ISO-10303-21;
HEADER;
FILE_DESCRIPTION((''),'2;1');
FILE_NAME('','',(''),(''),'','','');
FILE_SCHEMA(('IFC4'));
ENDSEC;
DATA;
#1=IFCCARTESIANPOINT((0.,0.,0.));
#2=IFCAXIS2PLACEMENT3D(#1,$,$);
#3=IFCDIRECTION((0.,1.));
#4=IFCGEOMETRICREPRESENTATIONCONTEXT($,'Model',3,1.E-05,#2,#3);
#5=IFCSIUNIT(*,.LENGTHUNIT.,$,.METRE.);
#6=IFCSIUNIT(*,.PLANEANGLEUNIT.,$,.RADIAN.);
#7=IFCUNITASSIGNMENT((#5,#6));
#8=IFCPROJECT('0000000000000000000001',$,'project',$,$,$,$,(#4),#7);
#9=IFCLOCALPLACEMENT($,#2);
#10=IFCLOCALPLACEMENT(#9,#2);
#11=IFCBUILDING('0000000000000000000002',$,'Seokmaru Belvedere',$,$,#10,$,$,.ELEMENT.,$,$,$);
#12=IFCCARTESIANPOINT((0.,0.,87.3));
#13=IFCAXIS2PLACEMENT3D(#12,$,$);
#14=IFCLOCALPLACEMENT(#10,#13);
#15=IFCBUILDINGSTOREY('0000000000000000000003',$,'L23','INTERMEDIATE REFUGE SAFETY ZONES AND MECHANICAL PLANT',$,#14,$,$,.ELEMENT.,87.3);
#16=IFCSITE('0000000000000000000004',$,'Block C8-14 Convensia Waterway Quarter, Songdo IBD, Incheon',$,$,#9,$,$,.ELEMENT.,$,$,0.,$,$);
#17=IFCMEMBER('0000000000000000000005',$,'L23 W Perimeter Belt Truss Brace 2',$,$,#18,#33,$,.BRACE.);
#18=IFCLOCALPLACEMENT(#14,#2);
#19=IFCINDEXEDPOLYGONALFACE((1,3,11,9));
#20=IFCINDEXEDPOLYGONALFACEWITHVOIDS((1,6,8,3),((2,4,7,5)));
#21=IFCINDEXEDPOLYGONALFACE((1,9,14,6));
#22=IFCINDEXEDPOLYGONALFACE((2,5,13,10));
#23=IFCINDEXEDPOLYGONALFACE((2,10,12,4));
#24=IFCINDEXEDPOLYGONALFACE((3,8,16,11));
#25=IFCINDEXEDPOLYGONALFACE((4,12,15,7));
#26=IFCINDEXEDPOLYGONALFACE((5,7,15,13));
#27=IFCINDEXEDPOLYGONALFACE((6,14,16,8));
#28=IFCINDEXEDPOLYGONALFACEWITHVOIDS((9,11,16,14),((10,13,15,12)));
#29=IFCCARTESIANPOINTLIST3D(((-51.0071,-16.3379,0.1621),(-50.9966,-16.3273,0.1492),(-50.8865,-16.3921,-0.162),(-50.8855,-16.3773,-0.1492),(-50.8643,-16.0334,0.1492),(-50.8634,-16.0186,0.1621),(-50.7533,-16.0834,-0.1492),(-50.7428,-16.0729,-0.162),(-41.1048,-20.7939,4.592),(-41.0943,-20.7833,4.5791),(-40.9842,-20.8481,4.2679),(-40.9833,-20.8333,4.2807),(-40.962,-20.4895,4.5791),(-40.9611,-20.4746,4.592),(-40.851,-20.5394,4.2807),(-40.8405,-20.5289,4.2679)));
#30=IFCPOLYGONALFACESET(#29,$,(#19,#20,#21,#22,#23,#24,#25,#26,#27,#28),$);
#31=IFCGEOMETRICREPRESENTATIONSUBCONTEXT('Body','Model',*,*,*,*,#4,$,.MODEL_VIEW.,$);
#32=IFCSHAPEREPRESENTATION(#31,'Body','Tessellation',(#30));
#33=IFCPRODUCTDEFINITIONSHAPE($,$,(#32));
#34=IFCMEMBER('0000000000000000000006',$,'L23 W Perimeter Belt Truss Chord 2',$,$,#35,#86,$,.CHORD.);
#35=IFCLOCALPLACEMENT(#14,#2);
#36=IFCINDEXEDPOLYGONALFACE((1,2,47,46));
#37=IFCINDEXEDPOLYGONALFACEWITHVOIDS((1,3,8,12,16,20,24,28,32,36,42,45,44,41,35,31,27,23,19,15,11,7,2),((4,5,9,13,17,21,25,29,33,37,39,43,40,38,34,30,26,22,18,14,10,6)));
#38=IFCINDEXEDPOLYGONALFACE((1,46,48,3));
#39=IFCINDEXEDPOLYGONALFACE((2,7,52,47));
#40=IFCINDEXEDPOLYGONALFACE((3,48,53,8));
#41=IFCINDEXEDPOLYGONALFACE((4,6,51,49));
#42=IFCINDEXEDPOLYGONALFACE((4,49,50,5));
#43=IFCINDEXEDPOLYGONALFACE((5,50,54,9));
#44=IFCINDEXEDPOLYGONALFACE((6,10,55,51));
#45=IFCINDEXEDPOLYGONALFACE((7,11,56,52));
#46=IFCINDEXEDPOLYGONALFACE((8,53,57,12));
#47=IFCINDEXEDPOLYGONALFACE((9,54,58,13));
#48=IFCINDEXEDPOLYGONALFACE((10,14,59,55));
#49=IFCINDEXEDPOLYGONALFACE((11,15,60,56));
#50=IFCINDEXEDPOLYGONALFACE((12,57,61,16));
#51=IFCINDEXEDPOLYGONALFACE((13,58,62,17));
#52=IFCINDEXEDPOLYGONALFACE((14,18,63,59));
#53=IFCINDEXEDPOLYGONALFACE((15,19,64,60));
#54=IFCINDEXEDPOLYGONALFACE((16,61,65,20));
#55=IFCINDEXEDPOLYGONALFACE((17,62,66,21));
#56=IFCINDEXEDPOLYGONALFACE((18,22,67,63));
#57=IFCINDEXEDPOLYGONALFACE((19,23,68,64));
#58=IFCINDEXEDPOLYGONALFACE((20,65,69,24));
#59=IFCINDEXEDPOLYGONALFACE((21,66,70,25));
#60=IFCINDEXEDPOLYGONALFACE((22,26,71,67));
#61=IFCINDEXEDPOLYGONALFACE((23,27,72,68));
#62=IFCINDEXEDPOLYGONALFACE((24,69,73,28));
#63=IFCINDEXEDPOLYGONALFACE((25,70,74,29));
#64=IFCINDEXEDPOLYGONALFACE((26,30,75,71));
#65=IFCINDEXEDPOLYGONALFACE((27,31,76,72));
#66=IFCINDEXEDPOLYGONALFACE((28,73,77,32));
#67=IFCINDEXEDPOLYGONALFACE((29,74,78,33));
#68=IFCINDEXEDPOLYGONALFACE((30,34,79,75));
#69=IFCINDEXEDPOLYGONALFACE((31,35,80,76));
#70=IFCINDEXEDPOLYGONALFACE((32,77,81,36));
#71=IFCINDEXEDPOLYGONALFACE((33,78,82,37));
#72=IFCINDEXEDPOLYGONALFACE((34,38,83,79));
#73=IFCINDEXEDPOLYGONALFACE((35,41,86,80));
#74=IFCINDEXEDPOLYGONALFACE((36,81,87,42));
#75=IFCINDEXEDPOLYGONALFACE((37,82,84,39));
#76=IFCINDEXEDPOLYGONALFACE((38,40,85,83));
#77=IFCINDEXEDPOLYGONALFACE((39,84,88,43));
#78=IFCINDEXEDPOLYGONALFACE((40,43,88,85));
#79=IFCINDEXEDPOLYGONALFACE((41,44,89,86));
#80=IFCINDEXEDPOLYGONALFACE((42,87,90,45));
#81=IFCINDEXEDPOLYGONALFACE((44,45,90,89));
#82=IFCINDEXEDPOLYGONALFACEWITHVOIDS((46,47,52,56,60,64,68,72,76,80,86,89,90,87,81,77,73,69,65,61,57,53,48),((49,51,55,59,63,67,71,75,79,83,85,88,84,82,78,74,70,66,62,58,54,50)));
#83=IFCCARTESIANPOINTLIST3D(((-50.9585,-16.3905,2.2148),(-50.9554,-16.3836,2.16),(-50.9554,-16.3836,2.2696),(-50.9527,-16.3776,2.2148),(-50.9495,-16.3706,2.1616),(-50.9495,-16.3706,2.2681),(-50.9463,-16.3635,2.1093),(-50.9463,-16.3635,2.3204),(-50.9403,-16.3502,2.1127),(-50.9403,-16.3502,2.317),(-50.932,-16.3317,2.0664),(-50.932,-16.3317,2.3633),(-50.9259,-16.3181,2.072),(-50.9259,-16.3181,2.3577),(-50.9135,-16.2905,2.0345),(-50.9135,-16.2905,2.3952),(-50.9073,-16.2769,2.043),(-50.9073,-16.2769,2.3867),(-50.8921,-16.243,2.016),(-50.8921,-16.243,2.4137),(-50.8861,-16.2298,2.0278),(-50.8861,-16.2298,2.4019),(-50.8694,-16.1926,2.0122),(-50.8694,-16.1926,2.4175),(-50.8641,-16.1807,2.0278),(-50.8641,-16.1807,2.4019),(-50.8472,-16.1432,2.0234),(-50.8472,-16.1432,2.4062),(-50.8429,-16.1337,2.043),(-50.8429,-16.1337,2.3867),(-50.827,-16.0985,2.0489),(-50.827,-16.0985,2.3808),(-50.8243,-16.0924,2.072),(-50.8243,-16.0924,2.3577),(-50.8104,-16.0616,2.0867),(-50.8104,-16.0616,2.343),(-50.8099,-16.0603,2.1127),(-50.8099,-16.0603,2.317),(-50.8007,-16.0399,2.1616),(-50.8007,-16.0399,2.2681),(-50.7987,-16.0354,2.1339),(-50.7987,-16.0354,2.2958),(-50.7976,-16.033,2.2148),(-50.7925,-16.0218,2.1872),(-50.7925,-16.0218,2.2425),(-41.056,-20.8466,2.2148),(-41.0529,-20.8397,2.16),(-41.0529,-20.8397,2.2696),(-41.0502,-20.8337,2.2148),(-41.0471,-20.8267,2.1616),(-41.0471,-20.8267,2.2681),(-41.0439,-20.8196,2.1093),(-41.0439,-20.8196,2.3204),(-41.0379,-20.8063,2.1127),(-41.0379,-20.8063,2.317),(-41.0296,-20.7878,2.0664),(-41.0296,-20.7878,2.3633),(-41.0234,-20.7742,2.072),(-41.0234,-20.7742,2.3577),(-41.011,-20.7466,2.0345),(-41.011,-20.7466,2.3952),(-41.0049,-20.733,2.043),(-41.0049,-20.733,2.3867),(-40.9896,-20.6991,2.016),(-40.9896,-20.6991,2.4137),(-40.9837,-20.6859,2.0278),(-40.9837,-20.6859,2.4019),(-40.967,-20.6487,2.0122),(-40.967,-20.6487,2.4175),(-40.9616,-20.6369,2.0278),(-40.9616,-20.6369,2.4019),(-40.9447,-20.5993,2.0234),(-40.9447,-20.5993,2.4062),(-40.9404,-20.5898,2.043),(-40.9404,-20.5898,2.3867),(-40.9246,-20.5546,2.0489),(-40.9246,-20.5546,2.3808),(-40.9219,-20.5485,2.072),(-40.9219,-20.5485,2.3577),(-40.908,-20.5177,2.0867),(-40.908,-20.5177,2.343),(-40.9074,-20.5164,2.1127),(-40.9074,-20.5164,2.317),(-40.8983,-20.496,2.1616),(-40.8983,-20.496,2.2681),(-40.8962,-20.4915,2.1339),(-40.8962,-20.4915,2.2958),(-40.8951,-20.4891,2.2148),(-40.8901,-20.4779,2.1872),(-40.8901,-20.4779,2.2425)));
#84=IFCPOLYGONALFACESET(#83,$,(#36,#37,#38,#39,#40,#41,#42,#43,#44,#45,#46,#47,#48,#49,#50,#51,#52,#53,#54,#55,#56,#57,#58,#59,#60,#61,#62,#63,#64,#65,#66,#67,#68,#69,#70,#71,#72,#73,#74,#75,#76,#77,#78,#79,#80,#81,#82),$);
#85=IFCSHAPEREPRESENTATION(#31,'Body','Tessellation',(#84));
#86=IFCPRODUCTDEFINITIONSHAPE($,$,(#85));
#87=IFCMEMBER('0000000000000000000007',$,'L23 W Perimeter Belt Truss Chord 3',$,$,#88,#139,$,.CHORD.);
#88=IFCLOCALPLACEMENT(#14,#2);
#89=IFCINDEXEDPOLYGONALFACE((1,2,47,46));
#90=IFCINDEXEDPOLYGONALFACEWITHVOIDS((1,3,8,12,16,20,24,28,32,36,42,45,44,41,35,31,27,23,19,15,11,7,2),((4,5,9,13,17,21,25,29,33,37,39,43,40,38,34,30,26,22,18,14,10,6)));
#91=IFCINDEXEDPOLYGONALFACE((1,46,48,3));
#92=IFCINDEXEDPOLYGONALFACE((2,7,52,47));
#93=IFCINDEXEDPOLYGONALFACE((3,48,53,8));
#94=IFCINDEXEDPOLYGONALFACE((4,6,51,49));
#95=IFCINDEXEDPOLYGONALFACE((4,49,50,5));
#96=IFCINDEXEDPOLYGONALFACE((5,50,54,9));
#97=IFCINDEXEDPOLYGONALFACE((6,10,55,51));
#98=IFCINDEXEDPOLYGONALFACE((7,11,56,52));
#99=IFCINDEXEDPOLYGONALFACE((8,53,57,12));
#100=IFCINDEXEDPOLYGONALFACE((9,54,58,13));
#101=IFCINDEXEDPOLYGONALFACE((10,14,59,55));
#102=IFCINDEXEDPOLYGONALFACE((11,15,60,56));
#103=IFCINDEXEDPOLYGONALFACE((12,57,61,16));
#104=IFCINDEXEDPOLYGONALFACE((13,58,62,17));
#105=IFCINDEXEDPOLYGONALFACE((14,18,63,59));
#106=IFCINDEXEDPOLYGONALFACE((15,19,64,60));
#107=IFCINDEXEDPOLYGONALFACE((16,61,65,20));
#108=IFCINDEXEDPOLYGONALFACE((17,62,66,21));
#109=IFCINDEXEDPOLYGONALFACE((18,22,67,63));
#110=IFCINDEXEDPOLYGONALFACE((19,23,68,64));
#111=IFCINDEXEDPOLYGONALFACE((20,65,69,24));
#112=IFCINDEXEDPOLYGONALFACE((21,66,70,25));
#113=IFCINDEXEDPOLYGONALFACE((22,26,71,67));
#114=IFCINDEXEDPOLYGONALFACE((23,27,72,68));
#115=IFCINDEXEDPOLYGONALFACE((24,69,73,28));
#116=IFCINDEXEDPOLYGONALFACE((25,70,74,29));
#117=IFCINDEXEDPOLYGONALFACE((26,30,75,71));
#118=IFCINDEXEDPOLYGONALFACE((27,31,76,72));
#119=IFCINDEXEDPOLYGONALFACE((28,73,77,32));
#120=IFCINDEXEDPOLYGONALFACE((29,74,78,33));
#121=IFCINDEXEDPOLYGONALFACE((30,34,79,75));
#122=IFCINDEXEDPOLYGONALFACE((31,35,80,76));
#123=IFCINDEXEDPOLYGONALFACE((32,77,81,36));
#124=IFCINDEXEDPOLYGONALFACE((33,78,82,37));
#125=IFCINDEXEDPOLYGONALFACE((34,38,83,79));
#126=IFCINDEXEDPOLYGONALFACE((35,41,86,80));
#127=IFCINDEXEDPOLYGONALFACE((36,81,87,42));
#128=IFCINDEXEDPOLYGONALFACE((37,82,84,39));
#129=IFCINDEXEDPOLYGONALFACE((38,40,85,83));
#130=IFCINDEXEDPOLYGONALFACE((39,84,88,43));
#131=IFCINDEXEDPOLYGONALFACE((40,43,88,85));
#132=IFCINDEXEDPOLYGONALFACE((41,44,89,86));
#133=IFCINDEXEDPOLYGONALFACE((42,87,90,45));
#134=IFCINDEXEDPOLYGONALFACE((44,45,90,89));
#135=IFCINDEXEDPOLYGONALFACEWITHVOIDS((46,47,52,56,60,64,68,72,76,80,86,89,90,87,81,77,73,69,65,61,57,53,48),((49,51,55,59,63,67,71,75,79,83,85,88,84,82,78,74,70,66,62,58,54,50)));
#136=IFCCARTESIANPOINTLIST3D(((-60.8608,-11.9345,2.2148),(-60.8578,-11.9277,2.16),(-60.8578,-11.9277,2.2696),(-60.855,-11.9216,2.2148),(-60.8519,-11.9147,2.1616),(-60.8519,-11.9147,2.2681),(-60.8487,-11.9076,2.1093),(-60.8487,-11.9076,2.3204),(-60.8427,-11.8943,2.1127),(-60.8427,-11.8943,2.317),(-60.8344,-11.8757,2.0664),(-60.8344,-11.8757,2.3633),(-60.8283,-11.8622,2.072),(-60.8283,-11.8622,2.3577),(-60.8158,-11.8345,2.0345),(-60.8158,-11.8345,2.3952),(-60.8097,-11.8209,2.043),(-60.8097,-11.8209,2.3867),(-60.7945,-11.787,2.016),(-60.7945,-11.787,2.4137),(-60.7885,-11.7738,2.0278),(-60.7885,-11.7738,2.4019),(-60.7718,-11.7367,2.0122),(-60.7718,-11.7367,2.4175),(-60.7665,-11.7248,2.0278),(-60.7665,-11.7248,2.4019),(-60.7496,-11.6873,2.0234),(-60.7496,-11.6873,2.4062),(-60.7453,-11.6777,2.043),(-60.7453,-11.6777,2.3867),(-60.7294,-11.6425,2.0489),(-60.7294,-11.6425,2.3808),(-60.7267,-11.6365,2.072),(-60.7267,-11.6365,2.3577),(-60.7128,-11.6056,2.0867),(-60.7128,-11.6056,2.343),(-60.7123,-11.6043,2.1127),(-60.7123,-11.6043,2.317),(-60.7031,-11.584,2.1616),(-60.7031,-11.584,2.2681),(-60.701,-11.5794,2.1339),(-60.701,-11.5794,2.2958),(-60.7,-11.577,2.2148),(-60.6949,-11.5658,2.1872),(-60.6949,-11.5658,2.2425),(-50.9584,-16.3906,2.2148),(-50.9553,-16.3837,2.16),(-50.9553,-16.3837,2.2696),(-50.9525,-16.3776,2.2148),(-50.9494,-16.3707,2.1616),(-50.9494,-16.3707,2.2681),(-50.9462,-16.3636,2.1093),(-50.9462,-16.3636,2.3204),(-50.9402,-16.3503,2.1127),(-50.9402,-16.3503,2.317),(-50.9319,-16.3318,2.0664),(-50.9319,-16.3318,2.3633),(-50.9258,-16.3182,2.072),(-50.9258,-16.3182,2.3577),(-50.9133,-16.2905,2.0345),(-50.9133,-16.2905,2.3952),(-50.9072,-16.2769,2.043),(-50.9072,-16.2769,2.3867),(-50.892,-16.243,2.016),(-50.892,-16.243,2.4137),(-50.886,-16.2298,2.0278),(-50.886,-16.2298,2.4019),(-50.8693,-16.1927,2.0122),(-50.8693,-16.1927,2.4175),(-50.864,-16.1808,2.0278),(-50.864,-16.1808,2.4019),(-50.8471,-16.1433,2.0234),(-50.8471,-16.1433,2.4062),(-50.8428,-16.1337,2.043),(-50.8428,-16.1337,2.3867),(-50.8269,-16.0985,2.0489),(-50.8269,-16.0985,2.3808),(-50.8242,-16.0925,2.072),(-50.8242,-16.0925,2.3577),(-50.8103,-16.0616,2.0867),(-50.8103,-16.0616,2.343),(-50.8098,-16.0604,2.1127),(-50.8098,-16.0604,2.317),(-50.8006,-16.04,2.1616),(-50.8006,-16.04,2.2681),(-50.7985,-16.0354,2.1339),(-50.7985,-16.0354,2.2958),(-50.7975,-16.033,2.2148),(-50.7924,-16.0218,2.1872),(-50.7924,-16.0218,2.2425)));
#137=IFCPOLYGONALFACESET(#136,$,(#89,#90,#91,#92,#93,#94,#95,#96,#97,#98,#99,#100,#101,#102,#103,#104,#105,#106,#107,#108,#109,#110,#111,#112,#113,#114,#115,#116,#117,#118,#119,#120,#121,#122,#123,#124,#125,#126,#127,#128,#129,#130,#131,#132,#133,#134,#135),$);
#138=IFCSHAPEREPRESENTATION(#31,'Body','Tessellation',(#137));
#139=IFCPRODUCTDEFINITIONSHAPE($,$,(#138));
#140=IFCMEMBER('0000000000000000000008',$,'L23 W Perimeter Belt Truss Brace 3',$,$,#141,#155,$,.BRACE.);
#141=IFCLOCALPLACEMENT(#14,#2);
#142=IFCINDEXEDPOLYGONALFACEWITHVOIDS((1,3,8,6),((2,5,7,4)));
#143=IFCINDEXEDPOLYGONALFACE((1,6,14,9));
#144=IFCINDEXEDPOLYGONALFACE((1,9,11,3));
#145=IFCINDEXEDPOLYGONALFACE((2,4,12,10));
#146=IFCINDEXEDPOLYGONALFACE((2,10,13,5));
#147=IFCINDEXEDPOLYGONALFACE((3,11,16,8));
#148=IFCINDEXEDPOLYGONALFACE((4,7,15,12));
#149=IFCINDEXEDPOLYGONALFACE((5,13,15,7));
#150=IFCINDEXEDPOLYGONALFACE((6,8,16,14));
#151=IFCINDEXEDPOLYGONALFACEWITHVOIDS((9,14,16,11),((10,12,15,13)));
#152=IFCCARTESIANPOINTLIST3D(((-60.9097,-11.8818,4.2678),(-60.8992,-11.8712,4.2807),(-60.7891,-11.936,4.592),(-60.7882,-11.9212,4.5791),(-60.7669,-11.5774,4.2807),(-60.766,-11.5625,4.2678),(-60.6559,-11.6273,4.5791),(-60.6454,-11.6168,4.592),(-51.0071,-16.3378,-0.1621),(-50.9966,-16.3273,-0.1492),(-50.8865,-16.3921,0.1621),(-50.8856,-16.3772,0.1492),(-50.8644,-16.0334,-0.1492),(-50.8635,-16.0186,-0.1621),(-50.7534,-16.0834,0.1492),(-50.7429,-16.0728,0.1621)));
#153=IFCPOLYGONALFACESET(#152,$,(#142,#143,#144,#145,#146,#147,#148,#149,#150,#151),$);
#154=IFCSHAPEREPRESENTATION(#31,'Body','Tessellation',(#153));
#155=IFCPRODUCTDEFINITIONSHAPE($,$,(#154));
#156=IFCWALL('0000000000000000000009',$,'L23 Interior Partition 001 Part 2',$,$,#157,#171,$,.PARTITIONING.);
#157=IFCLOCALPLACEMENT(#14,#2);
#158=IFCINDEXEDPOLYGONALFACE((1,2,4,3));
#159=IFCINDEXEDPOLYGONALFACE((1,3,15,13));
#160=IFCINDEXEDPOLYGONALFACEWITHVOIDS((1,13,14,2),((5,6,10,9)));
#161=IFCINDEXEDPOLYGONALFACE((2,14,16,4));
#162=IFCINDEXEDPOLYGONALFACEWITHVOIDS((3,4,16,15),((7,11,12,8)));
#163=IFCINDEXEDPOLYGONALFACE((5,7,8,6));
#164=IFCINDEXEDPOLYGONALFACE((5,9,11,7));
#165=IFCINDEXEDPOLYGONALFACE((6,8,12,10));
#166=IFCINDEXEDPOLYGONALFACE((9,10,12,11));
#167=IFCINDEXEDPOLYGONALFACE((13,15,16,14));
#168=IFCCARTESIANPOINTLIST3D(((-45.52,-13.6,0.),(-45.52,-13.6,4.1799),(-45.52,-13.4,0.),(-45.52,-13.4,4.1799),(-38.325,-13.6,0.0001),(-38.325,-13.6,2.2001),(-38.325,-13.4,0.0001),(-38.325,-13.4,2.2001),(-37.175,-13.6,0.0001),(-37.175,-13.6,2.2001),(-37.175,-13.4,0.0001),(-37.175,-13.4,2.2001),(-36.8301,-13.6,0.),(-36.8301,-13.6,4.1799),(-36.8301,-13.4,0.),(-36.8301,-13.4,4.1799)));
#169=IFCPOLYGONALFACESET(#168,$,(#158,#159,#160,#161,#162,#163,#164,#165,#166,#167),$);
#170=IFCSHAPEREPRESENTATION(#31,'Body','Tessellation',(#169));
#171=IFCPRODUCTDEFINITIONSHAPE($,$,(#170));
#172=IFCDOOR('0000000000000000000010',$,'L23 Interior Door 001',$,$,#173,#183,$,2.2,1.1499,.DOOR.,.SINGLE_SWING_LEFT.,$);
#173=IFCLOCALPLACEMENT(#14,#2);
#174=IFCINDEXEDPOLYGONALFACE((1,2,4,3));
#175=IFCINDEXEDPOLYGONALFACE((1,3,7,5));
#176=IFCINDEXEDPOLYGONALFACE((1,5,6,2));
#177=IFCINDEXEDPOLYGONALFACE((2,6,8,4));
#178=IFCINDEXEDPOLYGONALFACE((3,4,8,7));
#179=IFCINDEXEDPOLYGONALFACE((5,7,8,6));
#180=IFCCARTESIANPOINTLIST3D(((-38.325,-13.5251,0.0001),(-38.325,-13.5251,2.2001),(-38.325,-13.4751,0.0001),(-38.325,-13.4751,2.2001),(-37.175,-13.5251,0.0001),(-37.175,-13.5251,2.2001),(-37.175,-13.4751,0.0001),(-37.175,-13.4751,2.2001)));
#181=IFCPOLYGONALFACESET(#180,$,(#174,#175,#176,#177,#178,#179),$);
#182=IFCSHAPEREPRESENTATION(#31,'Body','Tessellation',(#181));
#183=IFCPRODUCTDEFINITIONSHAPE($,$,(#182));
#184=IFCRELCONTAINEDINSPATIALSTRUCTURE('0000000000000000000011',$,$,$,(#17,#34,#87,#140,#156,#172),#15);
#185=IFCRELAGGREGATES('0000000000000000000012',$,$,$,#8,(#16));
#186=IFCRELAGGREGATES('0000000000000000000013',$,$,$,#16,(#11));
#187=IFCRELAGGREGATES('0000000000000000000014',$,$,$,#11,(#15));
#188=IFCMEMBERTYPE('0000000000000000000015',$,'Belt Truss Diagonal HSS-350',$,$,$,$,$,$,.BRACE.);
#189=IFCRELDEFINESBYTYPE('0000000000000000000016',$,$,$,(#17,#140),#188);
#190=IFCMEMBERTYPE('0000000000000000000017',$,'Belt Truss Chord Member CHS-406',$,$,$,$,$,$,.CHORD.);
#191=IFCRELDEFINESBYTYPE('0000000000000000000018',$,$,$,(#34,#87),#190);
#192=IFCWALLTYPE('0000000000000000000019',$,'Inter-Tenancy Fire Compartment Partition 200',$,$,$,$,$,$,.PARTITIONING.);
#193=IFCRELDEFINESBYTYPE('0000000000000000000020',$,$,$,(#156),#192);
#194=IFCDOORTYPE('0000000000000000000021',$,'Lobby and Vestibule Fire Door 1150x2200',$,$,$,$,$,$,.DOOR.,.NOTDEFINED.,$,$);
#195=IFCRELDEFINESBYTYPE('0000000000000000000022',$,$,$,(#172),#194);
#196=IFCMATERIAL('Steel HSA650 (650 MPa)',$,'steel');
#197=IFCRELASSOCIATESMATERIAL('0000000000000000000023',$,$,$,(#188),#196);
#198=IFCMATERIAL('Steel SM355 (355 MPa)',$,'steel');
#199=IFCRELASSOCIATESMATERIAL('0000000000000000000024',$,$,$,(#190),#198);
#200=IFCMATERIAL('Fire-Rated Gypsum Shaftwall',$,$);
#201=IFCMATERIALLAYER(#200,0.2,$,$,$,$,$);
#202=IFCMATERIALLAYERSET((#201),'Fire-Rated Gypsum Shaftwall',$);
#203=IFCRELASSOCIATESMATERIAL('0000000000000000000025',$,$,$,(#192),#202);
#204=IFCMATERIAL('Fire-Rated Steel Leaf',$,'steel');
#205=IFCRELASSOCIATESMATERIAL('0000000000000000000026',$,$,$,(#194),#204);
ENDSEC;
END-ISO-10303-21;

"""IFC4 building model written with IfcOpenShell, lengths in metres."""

from ifc_helpers import new_model, si_unit, direction, frame, frame_2d, origin, origin_2d, place, context, subcontext, project, spatial, rectangle, hollow_rectangle, hollow_circle, extrude, source, transform, mapped, material, layer, layer_set, material_profile, profile_set, type_object, type_shapes, element, fill, save


model = new_model("IFC4")

# Units and contexts
model_context = context("Model", 3, precision=1e-05, world=origin(), true_north=direction((0.0, 1.0)))
body_context = subcontext(model_context, "Body", "Model", "MODEL_VIEW")
ifc_project = project(units=[si_unit("LENGTHUNIT", "METRE"), si_unit("PLANEANGLEUNIT", "RADIAN")], contexts=[model_context])

# Site, building, storey
site_placement = place(None, origin())
site = spatial("IfcSite", under=ifc_project, at=site_placement, Name="Block C8-14 Convensia Waterway Quarter, Songdo IBD, Incheon", CompositionType="ELEMENT", RefElevation=0.0)
building_placement = place(site_placement, origin())
building = spatial("IfcBuilding", under=site, at=building_placement, Name="Seokmaru Belvedere", CompositionType="ELEMENT")
storey_placement = place(building_placement, frame((0.0, 0.0, 87.3)))
storey = spatial("IfcBuildingStorey", under=building, at=storey_placement, Name="L23", Description="INTERMEDIATE REFUGE SAFETY ZONES AND MECHANICAL PLANT", CompositionType="ELEMENT", Elevation=87.3)

# Shared definitions
ifc_material_1 = material(Name="Steel SM355 (355 MPa)", Category="steel")

# Members
ifc_material_2 = material(Name="Steel HSA650 (650 MPa)", Category="steel")
ifc_material_profile_1 = material_profile(ifc_material_2, hollow_rectangle(XDim=0.3501, YDim=0.3501, WallThickness=0.0139, at=origin_2d()), Name="HSS-350x350x14")
ifc_profile_set_1 = profile_set([ifc_material_profile_1], Name="Steel HSA650 (650 MPa)")
member_type_1 = type_object("IfcMemberType", Name="Belt Truss Diagonal HSS-350", PredefinedType="BRACE", material=ifc_profile_set_1)
shared_shape_1 = source(origin(), body_context, "Body", "SweptSolid", [
    extrude(hollow_rectangle(XDim=0.3501, YDim=0.3501, WallThickness=0.0139, at=origin_2d()), origin(), (0.0, 0.0, 1.0), 11.7275),
])
member_1_placement = place(storey_placement, frame((-40.9727, -20.6614, 4.4299), z_axis=(-0.844361, 0.379962, -0.377735), x_axis=(-0.410365, -0.911922, 0.0)))
element("IfcMember", 1, at=member_1_placement, inside=storey, type_object=member_type_1, Name="L23 W Perimeter Belt Truss Brace 2", PredefinedType="BRACE", context=body_context, shape_type="MappedRepresentation", body=[
    mapped(shared_shape_1, transform((0.0, 0.0, 0.0), scale=1.0)),
])
ifc_material_profile_2 = material_profile(ifc_material_1, hollow_circle(Radius=0.2031, WallThickness=0.0142, at=origin_2d()), Name="CHS-406.4x14.2")
ifc_profile_set_2 = profile_set([ifc_material_profile_2], Name="Steel SM355 (355 MPa)")
member_type_2 = type_object("IfcMemberType", Name="Belt Truss Chord Member CHS-406", PredefinedType="CHORD", material=ifc_profile_set_2)
shared_shape_2 = source(origin(), body_context, "Body", "SweptSolid", [
    extrude(hollow_circle(Radius=0.2031, WallThickness=0.0142, at=origin_2d()), origin(), (0.0, 0.0, 1.0), 10.8589),
])
type_shapes(member_type_2, [shared_shape_2])
for number, where, z_axis, x_axis, name in (
    (2, (-40.9727, -20.6614, 2.2148), (-0.911922, 0.410365, 0.0), (-0.410365, -0.911922, 0.0), "L23 W Perimeter Belt Truss Chord 2"),
    (3, (-50.875, -16.2053, 2.2148), (-0.911925, 0.410356, 0.0), (-0.410356, -0.911925, 0.0), "L23 W Perimeter Belt Truss Chord 3"),
):
    element("IfcMember", number, at=place(storey_placement, frame(where, z_axis=z_axis, x_axis=x_axis)), inside=storey, type_object=member_type_2, Name=name, PredefinedType="CHORD", context=body_context, shape_type="MappedRepresentation", body=[
        mapped(shared_shape_2, transform((0.0, 0.0, 0.0), scale=1.0)),
    ])
shared_shape_3 = source(origin(), body_context, "Body", "SweptSolid", [
    extrude(hollow_rectangle(XDim=0.3501, YDim=0.3501, WallThickness=0.0139, at=origin_2d()), origin(), (0.0, 0.0, 1.0), 11.7278),
])
type_shapes(member_type_1, [shared_shape_1, shared_shape_3])
member_2_placement = place(storey_placement, frame((-50.875, -16.2053, 0.0), z_axis=(-0.844367, 0.379956, 0.377728), x_axis=(-0.410356, -0.911925, 0.0)))
element("IfcMember", 4, at=member_2_placement, inside=storey, type_object=member_type_1, Name="L23 W Perimeter Belt Truss Brace 3", PredefinedType="BRACE", context=body_context, shape_type="MappedRepresentation", body=[
    mapped(shared_shape_3, transform((0.0, 0.0, 0.0), scale=1.0)),
])

# Wall, opening, door
ifc_material_3 = material(Name="Fire-Rated Gypsum Shaftwall")
ifc_layer = layer(ifc_material_3, 0.2)
ifc_layer_set = layer_set([ifc_layer], Name="Fire-Rated Gypsum Shaftwall")
wall_type = type_object("IfcWallType", Name="Inter-Tenancy Fire Compartment Partition 200", PredefinedType="PARTITIONING", material=ifc_layer_set)
wall_1_placement = place(storey_placement, frame((-45.52, -13.5, 0.0), z_axis=(0.0, 0.0, 1.0), x_axis=(1.0, 0.0, 0.0)))
wall_1 = element("IfcWall", 5, at=wall_1_placement, inside=storey, type_object=wall_type, Name="L23 Interior Partition 001 Part 2", PredefinedType="PARTITIONING", context=body_context, shape_type="SweptSolid", body=[
    extrude(rectangle(XDim=8.6899, YDim=0.2, at=frame_2d((4.345, 0.0))), origin(), (0.0, 0.0, 1.0), 4.1799),
])
opening_1_placement = place(wall_1_placement, frame((7.1951, 0.0, 0.0)))
opening_1 = element("IfcOpeningElement", 6, at=opening_1_placement, cuts=wall_1, PredefinedType="OPENING", context=body_context, shape_type="SweptSolid", body=[
    extrude(rectangle(XDim=1.1499, YDim=2.2, at=frame_2d((0.575, 1.1001))), frame((0.0, 0.1099, 0.0), z_axis=(0.0, -1.0, 0.0), x_axis=(1.0, 0.0, 0.0)), (0.0, 0.0, 1.0), 0.22),
])
ifc_material_4 = material(Name="Fire-Rated Steel Leaf", Category="steel")
door_type = type_object("IfcDoorType", Name="Lobby and Vestibule Fire Door 1150x2200", OperationType="NOTDEFINED", PredefinedType="DOOR", material=ifc_material_4)
shared_shape_4 = source(origin(), body_context, "Body", "SweptSolid", [
    extrude(rectangle(XDim=1.1499, YDim=2.2, at=frame_2d((0.575, 1.1001))), frame((0.0, 0.0249, 0.0), z_axis=(0.0, -1.0, 0.0), x_axis=(1.0, 0.0, 0.0)), (0.0, 0.0, 1.0), 0.05),
])
type_shapes(door_type, [shared_shape_4])
door_1_placement = place(opening_1_placement, origin())
door_1 = element("IfcDoor", 7, at=door_1_placement, inside=storey, type_object=door_type, Name="L23 Interior Door 001", OperationType="SINGLE_SWING_LEFT", OverallHeight=2.2, OverallWidth=1.1499, PredefinedType="DOOR", context=body_context, shape_type="MappedRepresentation", body=[
    mapped(shared_shape_4, transform((0.0, 0.0, 0.0), scale=1.0)),
])
fill(opening_1, door_1)

save(model, "model.ifc")
